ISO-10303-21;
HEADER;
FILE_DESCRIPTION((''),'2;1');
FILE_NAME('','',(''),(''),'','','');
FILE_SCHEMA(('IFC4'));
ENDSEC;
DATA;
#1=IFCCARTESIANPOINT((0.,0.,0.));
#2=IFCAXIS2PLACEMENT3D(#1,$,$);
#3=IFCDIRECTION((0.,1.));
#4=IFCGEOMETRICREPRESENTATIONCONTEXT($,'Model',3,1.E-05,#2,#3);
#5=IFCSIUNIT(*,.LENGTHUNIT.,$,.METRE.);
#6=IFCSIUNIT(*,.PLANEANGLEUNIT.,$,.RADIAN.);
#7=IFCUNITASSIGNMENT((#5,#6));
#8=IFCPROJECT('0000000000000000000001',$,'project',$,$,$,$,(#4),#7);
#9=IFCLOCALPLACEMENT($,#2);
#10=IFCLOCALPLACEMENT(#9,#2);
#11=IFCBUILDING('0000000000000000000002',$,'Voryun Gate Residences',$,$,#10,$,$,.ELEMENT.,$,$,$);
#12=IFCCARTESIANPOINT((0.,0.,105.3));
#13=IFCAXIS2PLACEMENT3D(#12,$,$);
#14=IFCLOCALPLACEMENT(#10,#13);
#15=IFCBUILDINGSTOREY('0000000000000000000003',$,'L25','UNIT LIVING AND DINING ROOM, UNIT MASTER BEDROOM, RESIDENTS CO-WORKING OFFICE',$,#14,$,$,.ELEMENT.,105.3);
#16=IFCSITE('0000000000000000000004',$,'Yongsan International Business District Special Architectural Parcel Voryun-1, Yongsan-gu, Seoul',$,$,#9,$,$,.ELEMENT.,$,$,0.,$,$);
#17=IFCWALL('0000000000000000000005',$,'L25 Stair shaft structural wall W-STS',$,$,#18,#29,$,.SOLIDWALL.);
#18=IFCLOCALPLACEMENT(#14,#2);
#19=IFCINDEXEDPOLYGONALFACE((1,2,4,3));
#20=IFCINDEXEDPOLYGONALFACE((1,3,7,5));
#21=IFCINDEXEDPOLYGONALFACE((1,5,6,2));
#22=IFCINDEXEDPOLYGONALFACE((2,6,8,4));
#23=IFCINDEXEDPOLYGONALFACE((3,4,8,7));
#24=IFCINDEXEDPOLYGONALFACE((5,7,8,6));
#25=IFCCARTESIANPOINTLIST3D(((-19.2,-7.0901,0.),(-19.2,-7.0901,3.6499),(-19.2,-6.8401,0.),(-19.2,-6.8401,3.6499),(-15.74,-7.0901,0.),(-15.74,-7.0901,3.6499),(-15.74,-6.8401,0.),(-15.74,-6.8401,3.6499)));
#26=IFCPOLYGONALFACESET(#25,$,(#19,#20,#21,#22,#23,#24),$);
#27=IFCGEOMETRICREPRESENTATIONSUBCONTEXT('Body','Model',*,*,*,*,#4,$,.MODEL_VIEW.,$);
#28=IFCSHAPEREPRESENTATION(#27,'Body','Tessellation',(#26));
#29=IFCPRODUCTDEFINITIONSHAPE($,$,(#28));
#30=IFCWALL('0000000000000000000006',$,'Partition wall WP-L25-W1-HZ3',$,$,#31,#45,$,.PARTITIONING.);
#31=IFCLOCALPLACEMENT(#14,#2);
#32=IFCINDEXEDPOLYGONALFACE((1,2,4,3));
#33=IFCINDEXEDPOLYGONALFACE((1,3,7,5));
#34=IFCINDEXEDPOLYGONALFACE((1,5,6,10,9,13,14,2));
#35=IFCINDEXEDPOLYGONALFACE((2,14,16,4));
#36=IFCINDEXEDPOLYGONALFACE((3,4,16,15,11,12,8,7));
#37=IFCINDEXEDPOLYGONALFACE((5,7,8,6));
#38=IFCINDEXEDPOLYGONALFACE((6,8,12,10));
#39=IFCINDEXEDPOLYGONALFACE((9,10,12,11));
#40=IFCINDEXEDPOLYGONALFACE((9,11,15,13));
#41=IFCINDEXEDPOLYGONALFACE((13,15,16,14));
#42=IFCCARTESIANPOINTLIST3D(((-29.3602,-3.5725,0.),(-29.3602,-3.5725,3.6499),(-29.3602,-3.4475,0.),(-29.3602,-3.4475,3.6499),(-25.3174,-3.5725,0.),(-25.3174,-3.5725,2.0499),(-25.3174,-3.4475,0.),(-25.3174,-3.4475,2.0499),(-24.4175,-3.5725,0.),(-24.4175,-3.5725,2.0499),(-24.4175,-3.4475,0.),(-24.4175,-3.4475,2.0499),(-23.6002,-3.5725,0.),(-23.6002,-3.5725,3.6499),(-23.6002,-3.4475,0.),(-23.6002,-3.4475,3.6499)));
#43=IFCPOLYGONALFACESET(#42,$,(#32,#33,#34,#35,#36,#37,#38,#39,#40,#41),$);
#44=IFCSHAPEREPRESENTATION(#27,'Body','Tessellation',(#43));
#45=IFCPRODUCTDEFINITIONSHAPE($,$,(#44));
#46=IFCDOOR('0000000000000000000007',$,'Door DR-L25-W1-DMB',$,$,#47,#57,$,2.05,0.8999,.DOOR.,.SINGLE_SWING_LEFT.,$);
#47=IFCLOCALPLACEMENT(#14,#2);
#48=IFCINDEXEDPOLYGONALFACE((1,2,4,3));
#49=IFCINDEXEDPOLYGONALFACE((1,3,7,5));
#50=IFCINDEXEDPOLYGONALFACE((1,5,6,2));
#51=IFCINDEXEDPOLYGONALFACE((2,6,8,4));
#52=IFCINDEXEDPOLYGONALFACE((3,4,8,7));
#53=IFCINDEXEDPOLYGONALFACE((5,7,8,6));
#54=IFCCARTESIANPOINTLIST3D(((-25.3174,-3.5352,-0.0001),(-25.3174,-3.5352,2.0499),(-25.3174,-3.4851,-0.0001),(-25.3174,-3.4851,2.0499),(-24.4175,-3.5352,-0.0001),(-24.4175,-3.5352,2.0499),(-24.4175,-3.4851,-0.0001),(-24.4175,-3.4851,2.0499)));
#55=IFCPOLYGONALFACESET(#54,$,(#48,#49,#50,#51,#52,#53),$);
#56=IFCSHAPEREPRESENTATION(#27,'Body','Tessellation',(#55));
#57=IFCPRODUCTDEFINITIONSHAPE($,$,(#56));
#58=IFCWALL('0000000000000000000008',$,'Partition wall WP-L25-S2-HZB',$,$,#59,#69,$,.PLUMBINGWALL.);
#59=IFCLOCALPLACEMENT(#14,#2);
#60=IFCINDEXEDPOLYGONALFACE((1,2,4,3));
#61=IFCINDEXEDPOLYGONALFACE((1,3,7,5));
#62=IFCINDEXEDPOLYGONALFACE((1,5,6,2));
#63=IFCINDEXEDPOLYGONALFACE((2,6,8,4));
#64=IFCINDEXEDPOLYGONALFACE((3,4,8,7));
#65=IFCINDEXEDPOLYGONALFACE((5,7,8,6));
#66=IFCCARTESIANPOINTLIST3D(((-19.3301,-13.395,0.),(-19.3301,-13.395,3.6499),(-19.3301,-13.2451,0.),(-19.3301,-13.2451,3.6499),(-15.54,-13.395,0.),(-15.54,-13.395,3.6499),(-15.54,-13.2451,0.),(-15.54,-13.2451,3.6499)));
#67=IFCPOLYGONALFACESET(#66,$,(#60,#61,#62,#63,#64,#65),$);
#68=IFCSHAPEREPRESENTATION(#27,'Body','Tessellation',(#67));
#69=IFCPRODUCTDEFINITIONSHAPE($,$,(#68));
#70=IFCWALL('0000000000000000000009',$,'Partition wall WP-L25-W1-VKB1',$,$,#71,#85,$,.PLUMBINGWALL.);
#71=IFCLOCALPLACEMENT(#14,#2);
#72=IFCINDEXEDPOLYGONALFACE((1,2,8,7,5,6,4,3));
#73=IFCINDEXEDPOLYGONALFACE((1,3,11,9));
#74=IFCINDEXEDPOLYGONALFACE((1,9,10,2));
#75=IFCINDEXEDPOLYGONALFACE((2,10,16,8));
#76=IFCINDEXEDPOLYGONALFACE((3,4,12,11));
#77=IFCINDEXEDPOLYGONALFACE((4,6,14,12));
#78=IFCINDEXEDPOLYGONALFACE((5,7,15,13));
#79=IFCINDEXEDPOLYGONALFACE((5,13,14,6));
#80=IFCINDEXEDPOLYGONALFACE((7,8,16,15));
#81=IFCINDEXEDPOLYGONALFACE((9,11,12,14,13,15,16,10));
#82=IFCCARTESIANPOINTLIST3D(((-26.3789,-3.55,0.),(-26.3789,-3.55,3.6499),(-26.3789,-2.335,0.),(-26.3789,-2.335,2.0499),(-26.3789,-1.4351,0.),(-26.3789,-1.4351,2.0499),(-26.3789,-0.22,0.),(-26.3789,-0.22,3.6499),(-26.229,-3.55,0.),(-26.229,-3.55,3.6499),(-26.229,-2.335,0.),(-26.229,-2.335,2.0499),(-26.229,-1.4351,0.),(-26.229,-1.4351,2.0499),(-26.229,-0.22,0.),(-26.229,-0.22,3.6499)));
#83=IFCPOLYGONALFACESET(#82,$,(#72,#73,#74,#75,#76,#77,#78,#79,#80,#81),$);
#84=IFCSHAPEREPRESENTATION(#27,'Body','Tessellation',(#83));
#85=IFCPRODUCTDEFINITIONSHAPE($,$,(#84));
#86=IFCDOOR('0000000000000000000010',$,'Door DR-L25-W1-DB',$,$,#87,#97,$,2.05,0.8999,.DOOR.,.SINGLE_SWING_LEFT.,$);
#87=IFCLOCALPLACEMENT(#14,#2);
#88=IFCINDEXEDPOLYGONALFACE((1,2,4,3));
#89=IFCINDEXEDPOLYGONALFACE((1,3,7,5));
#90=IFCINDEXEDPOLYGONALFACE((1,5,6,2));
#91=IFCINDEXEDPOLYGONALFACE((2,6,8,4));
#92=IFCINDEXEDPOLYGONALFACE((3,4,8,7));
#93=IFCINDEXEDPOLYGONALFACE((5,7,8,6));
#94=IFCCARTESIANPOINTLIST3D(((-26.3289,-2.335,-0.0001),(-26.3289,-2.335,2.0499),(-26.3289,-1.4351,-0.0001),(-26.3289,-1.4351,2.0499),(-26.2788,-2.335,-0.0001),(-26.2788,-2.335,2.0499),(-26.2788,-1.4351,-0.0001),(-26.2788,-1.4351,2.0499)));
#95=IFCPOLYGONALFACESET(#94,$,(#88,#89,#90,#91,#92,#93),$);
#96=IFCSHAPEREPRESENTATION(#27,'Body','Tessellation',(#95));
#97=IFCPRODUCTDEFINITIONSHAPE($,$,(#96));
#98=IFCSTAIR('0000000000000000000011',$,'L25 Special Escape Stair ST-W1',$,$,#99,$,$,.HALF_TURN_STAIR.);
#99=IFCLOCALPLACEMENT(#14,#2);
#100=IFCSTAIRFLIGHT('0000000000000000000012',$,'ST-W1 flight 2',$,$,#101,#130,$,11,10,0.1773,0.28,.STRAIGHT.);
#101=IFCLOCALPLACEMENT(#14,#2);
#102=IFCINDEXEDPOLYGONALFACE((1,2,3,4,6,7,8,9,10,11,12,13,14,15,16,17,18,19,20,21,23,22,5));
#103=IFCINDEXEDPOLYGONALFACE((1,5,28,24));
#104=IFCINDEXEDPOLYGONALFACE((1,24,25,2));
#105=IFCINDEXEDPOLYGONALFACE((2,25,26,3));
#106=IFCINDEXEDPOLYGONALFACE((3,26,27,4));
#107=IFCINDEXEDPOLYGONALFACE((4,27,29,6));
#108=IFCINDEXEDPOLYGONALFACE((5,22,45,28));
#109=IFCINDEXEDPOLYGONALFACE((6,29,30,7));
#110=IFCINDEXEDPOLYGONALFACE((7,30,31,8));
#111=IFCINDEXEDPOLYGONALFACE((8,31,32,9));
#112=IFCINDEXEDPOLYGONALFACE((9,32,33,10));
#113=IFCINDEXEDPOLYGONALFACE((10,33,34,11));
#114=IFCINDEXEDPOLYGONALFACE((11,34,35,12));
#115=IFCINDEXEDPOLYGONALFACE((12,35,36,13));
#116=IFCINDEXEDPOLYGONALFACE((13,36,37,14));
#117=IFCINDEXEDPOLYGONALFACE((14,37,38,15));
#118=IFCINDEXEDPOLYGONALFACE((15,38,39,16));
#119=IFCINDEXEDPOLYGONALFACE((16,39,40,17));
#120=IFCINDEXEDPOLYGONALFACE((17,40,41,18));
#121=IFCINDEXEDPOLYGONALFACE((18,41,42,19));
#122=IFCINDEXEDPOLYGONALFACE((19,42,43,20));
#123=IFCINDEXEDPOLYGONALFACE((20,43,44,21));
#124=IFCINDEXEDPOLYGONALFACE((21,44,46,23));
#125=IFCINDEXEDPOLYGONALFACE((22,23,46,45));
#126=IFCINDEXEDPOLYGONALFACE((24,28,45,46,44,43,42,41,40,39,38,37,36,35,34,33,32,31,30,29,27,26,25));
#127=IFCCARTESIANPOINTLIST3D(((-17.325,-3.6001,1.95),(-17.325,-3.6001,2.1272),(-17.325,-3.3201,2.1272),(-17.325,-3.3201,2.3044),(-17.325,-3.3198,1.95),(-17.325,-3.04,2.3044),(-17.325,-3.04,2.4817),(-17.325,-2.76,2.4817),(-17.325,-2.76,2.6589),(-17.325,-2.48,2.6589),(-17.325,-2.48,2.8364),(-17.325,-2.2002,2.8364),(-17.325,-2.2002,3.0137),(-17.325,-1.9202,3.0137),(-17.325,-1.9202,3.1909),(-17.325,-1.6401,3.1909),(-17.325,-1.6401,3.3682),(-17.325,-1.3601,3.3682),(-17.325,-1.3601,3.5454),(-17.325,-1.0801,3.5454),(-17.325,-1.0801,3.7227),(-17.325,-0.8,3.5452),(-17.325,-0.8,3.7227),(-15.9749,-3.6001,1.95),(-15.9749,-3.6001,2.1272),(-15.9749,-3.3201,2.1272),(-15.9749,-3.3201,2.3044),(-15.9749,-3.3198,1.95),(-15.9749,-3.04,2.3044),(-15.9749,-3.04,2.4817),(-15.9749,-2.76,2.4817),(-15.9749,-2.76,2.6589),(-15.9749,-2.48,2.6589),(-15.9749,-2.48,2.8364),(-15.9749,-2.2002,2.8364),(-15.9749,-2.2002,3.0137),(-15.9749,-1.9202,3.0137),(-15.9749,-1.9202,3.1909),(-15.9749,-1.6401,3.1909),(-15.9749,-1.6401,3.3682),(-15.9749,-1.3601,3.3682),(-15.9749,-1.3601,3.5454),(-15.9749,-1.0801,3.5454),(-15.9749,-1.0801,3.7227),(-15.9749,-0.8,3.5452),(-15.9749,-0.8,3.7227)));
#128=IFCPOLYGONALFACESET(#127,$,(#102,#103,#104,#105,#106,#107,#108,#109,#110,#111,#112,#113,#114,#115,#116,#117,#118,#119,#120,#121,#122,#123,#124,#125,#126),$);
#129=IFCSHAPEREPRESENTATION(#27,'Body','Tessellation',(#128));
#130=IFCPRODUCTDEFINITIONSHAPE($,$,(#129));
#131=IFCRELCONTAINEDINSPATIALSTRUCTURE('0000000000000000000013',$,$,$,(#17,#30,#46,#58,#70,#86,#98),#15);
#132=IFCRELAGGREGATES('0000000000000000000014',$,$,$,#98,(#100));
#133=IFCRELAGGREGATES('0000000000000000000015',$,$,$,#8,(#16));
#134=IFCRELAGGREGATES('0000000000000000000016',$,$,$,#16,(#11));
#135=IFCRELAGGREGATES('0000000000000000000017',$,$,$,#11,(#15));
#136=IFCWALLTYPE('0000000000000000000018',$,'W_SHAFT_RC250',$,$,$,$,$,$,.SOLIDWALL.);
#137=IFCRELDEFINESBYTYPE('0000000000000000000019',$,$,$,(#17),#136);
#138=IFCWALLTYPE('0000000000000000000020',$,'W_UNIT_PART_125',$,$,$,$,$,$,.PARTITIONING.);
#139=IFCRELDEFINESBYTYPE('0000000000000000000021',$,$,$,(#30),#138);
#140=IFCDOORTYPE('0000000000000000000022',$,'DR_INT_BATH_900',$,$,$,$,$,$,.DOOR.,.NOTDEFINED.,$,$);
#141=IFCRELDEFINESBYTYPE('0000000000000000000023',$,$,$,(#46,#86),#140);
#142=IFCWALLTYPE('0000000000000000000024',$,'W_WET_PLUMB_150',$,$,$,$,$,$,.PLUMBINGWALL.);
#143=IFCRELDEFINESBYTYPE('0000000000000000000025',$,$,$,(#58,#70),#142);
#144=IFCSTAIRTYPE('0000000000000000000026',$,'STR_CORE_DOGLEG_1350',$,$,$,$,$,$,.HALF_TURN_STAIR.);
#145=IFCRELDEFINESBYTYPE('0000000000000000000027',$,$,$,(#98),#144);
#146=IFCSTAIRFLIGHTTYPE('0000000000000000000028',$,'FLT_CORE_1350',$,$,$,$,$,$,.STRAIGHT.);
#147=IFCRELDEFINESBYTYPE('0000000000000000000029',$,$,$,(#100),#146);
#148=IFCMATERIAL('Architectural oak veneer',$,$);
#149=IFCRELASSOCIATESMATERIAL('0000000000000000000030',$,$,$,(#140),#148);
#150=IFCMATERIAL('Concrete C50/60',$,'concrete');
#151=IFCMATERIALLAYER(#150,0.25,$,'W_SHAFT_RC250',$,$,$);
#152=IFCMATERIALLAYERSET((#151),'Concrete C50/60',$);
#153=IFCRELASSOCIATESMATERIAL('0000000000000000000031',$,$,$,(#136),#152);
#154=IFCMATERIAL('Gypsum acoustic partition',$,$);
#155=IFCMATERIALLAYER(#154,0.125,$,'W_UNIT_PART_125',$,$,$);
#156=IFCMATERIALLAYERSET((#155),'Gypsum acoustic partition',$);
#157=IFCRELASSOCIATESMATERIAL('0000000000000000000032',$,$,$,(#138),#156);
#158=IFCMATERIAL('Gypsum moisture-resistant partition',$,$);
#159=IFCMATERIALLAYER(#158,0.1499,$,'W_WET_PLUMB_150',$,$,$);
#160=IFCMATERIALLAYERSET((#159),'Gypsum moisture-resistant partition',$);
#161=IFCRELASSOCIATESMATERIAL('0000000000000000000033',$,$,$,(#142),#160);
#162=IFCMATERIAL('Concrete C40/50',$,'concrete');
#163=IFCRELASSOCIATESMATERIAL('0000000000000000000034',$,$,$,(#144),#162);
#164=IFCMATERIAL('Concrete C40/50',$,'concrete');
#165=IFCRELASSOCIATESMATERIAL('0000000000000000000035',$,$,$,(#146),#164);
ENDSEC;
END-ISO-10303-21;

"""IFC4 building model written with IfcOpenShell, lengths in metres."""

from ifc_helpers import new_model, si_unit, direction, frame, frame_2d, origin, place, context, subcontext, project, spatial, polyline, rectangle, outline, extrude, material, layer, layer_set, type_object, element, fill, aggregate, save


model = new_model("IFC4")

# Units and contexts
model_context = context("Model", 3, precision=1e-05, world=origin(), true_north=direction((0.0, 1.0)))
body_context = subcontext(model_context, "Body", "Model", "MODEL_VIEW")
ifc_project = project(units=[si_unit("LENGTHUNIT", "METRE"), si_unit("PLANEANGLEUNIT", "RADIAN")], contexts=[model_context])

# Site, building, storey
site_placement = place(None, origin())
site = spatial("IfcSite", under=ifc_project, at=site_placement, Name="Yongsan International Business District Special Architectural Parcel Voryun-1, Yongsan-gu, Seoul", CompositionType="ELEMENT", RefElevation=0.0)
building_placement = place(site_placement, origin())
building = spatial("IfcBuilding", under=site, at=building_placement, Name="Voryun Gate Residences", CompositionType="ELEMENT")
storey_placement = place(building_placement, frame((0.0, 0.0, 105.3)))
storey = spatial("IfcBuildingStorey", under=building, at=storey_placement, Name="L25", Description="UNIT LIVING AND DINING ROOM, UNIT MASTER BEDROOM, RESIDENTS CO-WORKING OFFICE", CompositionType="ELEMENT", Elevation=105.3)

# Shared definitions
ifc_material_1 = material(Name="Architectural oak veneer")
door_type_1 = type_object("IfcDoorType", Name="DR_INT_BATH_900", OperationType="NOTDEFINED", PredefinedType="DOOR", material=ifc_material_1)

# Wall
ifc_material_2 = material(Name="Concrete C50/60", Category="concrete")
ifc_layer_1 = layer(ifc_material_2, 0.25, Name="W_SHAFT_RC250")
ifc_layer_set_1 = layer_set([ifc_layer_1], Name="Concrete C50/60")
wall_type_1 = type_object("IfcWallType", Name="W_SHAFT_RC250", PredefinedType="SOLIDWALL", material=ifc_layer_set_1)
wall_1_placement = place(storey_placement, frame((-19.2, -6.9651, 0.0), z_axis=(0.0, 0.0, 1.0), x_axis=(1.0, 0.0, 0.0)))
element("IfcWall", 1, at=wall_1_placement, inside=storey, type_object=wall_type_1, Name="L25 Stair shaft structural wall W-STS", PredefinedType="SOLIDWALL", context=body_context, shape_type="SweptSolid", body=[
    extrude(rectangle(XDim=3.46, YDim=0.25, at=frame_2d((1.73, 0.0))), origin(), (0.0, 0.0, 1.0), 3.6499),
])

# Wall, opening, door
ifc_material_3 = material(Name="Gypsum acoustic partition")
ifc_layer_2 = layer(ifc_material_3, 0.125, Name="W_UNIT_PART_125")
ifc_layer_set_2 = layer_set([ifc_layer_2], Name="Gypsum acoustic partition")
wall_type_2 = type_object("IfcWallType", Name="W_UNIT_PART_125", PredefinedType="PARTITIONING", material=ifc_layer_set_2)
wall_2_placement = place(storey_placement, frame((-29.3601, -3.51, 0.0), z_axis=(0.0, 0.0, 1.0), x_axis=(1.0, 0.0, 0.0)))
wall_2 = element("IfcWall", 2, at=wall_2_placement, inside=storey, type_object=wall_type_2, Name="Partition wall WP-L25-W1-HZ3", PredefinedType="PARTITIONING", context=body_context, shape_type="SweptSolid", body=[
    extrude(rectangle(XDim=5.76, YDim=0.125, at=frame_2d((2.8799, 0.0))), origin(), (0.0, 0.0, 1.0), 3.6499),
])
opening_1_placement = place(wall_2_placement, frame((4.0427, 0.0, 0.0)))
opening_1 = element("IfcOpeningElement", 3, at=opening_1_placement, cuts=wall_2, PredefinedType="OPENING", context=body_context, shape_type="SweptSolid", body=[
    extrude(rectangle(XDim=0.8999, YDim=2.05, at=frame_2d((0.45, 1.0249))), frame((0.0, 0.0725, 0.0), z_axis=(0.0, -1.0, 0.0), x_axis=(1.0, 0.0, 0.0)), (0.0, 0.0, 1.0), 0.145),
])
door_1_placement = place(opening_1_placement, origin())
door_1 = element("IfcDoor", 4, at=door_1_placement, inside=storey, type_object=door_type_1, Name="Door DR-L25-W1-DMB", OperationType="SINGLE_SWING_LEFT", OverallHeight=2.05, OverallWidth=0.8999, PredefinedType="DOOR", context=body_context, shape_type="SweptSolid", body=[
    extrude(rectangle(XDim=0.8999, YDim=2.05, at=frame_2d((0.45, 1.0249))), frame((0.0, 0.0249, 0.0), z_axis=(0.0, -1.0, 0.0), x_axis=(1.0, 0.0, 0.0)), (0.0, 0.0, 1.0), 0.05),
])
fill(opening_1, door_1)

# Wall
ifc_material_4 = material(Name="Gypsum moisture-resistant partition")
ifc_layer_3 = layer(ifc_material_4, 0.1499, Name="W_WET_PLUMB_150")
ifc_layer_set_3 = layer_set([ifc_layer_3], Name="Gypsum moisture-resistant partition")
wall_type_3 = type_object("IfcWallType", Name="W_WET_PLUMB_150", PredefinedType="PLUMBINGWALL", material=ifc_layer_set_3)
wall_3_placement = place(storey_placement, frame((-19.3301, -13.3201, 0.0), z_axis=(0.0, 0.0, 1.0), x_axis=(1.0, 0.0, 0.0)))
element("IfcWall", 5, at=wall_3_placement, inside=storey, type_object=wall_type_3, Name="Partition wall WP-L25-S2-HZB", PredefinedType="PLUMBINGWALL", context=body_context, shape_type="SweptSolid", body=[
    extrude(rectangle(XDim=3.79, YDim=0.1499, at=frame_2d((1.895, 0.0))), origin(), (0.0, 0.0, 1.0), 3.6499),
])

# Wall, opening, door
wall_4_placement = place(storey_placement, frame((-26.304, -3.55, 0.0), z_axis=(0.0, 0.0, 1.0), x_axis=(0.0, 1.0, 0.0)))
wall_4 = element("IfcWall", 6, at=wall_4_placement, inside=storey, type_object=wall_type_3, Name="Partition wall WP-L25-W1-VKB1", PredefinedType="PLUMBINGWALL", context=body_context, shape_type="SweptSolid", body=[
    extrude(rectangle(XDim=3.3301, YDim=0.1499, at=frame_2d((1.665, 0.0))), origin(), (0.0, 0.0, 1.0), 3.6499),
])
opening_2_placement = place(wall_4_placement, frame((1.2151, 0.0, 0.0)))
opening_2 = element("IfcOpeningElement", 7, at=opening_2_placement, cuts=wall_4, PredefinedType="OPENING", context=body_context, shape_type="SweptSolid", body=[
    extrude(rectangle(XDim=0.8999, YDim=2.05, at=frame_2d((0.45, 1.0249))), frame((0.0, 0.085, 0.0), z_axis=(0.0, -1.0, 0.0), x_axis=(1.0, 0.0, 0.0)), (0.0, 0.0, 1.0), 0.1699),
])
door_2_placement = place(opening_2_placement, origin())
door_2 = element("IfcDoor", 8, at=door_2_placement, inside=storey, type_object=door_type_1, Name="Door DR-L25-W1-DB", OperationType="SINGLE_SWING_LEFT", OverallHeight=2.05, OverallWidth=0.8999, PredefinedType="DOOR", context=body_context, shape_type="SweptSolid", body=[
    extrude(rectangle(XDim=0.8999, YDim=2.05, at=frame_2d((0.45, 1.0249))), frame((0.0, 0.0249, 0.0), z_axis=(0.0, -1.0, 0.0), x_axis=(1.0, 0.0, 0.0)), (0.0, 0.0, 1.0), 0.05),
])
fill(opening_2, door_2)

# Stair, stair flight
ifc_material_5 = material(Name="Concrete C40/50", Category="concrete")
stair_type = type_object("IfcStairType", Name="STR_CORE_DOGLEG_1350", PredefinedType="HALF_TURN_STAIR", material=ifc_material_5)
stair_placement = place(storey_placement, origin())
stair = element("IfcStair", 9, at=stair_placement, inside=storey, type_object=stair_type, Name="L25 Special Escape Stair ST-W1", PredefinedType="HALF_TURN_STAIR")
ifc_material_6 = material(Name="Concrete C40/50", Category="concrete")
stair_flight_type = type_object("IfcStairFlightType", Name="FLT_CORE_1350", PredefinedType="STRAIGHT", material=ifc_material_6)
stair_flight_placement = place(storey_placement, frame((-16.6499, -3.6001, 1.95), z_axis=(0.0, 0.0, 1.0), x_axis=(0.0, 1.0, 0.0)))
stair_flight = element("IfcStairFlight", 10, at=stair_flight_placement, type_object=stair_flight_type, Name="ST-W1 flight 2", NumberOfRisers=11, NumberOfTreads=10, PredefinedType="STRAIGHT", RiserHeight=0.1773, TreadLength=0.28, context=body_context, shape_type="SweptSolid", body=[
    extrude(outline(polyline([(0.0, 0.0), (0.0, 0.1772), (0.28, 0.1772), (0.28, 0.3545), (0.5601, 0.3545), (0.5601, 0.5317), (0.8401, 0.5317), (0.8401, 0.709), (1.1201, 0.709), (1.1201, 0.8865), (1.3999, 0.8865), (1.3999, 1.0637), (1.6799, 1.0637), (1.6799, 1.241), (1.96, 1.241), (1.96, 1.4182), (2.24, 1.4182), (2.24, 1.5955), (2.52, 1.5955), (2.52, 1.7727), (2.8, 1.7727), (2.8, 1.95), (2.8, 1.5952), (0.2803, 0.0), (0.0, 0.0)])), frame((0.0, 0.675, 0.0), z_axis=(0.0, -1.0, 0.0), x_axis=(1.0, 0.0, 0.0)), (0.0, 0.0, 1.0), 1.3501),
])
aggregate(stair, [stair_flight])

save(model, "model.ifc")
